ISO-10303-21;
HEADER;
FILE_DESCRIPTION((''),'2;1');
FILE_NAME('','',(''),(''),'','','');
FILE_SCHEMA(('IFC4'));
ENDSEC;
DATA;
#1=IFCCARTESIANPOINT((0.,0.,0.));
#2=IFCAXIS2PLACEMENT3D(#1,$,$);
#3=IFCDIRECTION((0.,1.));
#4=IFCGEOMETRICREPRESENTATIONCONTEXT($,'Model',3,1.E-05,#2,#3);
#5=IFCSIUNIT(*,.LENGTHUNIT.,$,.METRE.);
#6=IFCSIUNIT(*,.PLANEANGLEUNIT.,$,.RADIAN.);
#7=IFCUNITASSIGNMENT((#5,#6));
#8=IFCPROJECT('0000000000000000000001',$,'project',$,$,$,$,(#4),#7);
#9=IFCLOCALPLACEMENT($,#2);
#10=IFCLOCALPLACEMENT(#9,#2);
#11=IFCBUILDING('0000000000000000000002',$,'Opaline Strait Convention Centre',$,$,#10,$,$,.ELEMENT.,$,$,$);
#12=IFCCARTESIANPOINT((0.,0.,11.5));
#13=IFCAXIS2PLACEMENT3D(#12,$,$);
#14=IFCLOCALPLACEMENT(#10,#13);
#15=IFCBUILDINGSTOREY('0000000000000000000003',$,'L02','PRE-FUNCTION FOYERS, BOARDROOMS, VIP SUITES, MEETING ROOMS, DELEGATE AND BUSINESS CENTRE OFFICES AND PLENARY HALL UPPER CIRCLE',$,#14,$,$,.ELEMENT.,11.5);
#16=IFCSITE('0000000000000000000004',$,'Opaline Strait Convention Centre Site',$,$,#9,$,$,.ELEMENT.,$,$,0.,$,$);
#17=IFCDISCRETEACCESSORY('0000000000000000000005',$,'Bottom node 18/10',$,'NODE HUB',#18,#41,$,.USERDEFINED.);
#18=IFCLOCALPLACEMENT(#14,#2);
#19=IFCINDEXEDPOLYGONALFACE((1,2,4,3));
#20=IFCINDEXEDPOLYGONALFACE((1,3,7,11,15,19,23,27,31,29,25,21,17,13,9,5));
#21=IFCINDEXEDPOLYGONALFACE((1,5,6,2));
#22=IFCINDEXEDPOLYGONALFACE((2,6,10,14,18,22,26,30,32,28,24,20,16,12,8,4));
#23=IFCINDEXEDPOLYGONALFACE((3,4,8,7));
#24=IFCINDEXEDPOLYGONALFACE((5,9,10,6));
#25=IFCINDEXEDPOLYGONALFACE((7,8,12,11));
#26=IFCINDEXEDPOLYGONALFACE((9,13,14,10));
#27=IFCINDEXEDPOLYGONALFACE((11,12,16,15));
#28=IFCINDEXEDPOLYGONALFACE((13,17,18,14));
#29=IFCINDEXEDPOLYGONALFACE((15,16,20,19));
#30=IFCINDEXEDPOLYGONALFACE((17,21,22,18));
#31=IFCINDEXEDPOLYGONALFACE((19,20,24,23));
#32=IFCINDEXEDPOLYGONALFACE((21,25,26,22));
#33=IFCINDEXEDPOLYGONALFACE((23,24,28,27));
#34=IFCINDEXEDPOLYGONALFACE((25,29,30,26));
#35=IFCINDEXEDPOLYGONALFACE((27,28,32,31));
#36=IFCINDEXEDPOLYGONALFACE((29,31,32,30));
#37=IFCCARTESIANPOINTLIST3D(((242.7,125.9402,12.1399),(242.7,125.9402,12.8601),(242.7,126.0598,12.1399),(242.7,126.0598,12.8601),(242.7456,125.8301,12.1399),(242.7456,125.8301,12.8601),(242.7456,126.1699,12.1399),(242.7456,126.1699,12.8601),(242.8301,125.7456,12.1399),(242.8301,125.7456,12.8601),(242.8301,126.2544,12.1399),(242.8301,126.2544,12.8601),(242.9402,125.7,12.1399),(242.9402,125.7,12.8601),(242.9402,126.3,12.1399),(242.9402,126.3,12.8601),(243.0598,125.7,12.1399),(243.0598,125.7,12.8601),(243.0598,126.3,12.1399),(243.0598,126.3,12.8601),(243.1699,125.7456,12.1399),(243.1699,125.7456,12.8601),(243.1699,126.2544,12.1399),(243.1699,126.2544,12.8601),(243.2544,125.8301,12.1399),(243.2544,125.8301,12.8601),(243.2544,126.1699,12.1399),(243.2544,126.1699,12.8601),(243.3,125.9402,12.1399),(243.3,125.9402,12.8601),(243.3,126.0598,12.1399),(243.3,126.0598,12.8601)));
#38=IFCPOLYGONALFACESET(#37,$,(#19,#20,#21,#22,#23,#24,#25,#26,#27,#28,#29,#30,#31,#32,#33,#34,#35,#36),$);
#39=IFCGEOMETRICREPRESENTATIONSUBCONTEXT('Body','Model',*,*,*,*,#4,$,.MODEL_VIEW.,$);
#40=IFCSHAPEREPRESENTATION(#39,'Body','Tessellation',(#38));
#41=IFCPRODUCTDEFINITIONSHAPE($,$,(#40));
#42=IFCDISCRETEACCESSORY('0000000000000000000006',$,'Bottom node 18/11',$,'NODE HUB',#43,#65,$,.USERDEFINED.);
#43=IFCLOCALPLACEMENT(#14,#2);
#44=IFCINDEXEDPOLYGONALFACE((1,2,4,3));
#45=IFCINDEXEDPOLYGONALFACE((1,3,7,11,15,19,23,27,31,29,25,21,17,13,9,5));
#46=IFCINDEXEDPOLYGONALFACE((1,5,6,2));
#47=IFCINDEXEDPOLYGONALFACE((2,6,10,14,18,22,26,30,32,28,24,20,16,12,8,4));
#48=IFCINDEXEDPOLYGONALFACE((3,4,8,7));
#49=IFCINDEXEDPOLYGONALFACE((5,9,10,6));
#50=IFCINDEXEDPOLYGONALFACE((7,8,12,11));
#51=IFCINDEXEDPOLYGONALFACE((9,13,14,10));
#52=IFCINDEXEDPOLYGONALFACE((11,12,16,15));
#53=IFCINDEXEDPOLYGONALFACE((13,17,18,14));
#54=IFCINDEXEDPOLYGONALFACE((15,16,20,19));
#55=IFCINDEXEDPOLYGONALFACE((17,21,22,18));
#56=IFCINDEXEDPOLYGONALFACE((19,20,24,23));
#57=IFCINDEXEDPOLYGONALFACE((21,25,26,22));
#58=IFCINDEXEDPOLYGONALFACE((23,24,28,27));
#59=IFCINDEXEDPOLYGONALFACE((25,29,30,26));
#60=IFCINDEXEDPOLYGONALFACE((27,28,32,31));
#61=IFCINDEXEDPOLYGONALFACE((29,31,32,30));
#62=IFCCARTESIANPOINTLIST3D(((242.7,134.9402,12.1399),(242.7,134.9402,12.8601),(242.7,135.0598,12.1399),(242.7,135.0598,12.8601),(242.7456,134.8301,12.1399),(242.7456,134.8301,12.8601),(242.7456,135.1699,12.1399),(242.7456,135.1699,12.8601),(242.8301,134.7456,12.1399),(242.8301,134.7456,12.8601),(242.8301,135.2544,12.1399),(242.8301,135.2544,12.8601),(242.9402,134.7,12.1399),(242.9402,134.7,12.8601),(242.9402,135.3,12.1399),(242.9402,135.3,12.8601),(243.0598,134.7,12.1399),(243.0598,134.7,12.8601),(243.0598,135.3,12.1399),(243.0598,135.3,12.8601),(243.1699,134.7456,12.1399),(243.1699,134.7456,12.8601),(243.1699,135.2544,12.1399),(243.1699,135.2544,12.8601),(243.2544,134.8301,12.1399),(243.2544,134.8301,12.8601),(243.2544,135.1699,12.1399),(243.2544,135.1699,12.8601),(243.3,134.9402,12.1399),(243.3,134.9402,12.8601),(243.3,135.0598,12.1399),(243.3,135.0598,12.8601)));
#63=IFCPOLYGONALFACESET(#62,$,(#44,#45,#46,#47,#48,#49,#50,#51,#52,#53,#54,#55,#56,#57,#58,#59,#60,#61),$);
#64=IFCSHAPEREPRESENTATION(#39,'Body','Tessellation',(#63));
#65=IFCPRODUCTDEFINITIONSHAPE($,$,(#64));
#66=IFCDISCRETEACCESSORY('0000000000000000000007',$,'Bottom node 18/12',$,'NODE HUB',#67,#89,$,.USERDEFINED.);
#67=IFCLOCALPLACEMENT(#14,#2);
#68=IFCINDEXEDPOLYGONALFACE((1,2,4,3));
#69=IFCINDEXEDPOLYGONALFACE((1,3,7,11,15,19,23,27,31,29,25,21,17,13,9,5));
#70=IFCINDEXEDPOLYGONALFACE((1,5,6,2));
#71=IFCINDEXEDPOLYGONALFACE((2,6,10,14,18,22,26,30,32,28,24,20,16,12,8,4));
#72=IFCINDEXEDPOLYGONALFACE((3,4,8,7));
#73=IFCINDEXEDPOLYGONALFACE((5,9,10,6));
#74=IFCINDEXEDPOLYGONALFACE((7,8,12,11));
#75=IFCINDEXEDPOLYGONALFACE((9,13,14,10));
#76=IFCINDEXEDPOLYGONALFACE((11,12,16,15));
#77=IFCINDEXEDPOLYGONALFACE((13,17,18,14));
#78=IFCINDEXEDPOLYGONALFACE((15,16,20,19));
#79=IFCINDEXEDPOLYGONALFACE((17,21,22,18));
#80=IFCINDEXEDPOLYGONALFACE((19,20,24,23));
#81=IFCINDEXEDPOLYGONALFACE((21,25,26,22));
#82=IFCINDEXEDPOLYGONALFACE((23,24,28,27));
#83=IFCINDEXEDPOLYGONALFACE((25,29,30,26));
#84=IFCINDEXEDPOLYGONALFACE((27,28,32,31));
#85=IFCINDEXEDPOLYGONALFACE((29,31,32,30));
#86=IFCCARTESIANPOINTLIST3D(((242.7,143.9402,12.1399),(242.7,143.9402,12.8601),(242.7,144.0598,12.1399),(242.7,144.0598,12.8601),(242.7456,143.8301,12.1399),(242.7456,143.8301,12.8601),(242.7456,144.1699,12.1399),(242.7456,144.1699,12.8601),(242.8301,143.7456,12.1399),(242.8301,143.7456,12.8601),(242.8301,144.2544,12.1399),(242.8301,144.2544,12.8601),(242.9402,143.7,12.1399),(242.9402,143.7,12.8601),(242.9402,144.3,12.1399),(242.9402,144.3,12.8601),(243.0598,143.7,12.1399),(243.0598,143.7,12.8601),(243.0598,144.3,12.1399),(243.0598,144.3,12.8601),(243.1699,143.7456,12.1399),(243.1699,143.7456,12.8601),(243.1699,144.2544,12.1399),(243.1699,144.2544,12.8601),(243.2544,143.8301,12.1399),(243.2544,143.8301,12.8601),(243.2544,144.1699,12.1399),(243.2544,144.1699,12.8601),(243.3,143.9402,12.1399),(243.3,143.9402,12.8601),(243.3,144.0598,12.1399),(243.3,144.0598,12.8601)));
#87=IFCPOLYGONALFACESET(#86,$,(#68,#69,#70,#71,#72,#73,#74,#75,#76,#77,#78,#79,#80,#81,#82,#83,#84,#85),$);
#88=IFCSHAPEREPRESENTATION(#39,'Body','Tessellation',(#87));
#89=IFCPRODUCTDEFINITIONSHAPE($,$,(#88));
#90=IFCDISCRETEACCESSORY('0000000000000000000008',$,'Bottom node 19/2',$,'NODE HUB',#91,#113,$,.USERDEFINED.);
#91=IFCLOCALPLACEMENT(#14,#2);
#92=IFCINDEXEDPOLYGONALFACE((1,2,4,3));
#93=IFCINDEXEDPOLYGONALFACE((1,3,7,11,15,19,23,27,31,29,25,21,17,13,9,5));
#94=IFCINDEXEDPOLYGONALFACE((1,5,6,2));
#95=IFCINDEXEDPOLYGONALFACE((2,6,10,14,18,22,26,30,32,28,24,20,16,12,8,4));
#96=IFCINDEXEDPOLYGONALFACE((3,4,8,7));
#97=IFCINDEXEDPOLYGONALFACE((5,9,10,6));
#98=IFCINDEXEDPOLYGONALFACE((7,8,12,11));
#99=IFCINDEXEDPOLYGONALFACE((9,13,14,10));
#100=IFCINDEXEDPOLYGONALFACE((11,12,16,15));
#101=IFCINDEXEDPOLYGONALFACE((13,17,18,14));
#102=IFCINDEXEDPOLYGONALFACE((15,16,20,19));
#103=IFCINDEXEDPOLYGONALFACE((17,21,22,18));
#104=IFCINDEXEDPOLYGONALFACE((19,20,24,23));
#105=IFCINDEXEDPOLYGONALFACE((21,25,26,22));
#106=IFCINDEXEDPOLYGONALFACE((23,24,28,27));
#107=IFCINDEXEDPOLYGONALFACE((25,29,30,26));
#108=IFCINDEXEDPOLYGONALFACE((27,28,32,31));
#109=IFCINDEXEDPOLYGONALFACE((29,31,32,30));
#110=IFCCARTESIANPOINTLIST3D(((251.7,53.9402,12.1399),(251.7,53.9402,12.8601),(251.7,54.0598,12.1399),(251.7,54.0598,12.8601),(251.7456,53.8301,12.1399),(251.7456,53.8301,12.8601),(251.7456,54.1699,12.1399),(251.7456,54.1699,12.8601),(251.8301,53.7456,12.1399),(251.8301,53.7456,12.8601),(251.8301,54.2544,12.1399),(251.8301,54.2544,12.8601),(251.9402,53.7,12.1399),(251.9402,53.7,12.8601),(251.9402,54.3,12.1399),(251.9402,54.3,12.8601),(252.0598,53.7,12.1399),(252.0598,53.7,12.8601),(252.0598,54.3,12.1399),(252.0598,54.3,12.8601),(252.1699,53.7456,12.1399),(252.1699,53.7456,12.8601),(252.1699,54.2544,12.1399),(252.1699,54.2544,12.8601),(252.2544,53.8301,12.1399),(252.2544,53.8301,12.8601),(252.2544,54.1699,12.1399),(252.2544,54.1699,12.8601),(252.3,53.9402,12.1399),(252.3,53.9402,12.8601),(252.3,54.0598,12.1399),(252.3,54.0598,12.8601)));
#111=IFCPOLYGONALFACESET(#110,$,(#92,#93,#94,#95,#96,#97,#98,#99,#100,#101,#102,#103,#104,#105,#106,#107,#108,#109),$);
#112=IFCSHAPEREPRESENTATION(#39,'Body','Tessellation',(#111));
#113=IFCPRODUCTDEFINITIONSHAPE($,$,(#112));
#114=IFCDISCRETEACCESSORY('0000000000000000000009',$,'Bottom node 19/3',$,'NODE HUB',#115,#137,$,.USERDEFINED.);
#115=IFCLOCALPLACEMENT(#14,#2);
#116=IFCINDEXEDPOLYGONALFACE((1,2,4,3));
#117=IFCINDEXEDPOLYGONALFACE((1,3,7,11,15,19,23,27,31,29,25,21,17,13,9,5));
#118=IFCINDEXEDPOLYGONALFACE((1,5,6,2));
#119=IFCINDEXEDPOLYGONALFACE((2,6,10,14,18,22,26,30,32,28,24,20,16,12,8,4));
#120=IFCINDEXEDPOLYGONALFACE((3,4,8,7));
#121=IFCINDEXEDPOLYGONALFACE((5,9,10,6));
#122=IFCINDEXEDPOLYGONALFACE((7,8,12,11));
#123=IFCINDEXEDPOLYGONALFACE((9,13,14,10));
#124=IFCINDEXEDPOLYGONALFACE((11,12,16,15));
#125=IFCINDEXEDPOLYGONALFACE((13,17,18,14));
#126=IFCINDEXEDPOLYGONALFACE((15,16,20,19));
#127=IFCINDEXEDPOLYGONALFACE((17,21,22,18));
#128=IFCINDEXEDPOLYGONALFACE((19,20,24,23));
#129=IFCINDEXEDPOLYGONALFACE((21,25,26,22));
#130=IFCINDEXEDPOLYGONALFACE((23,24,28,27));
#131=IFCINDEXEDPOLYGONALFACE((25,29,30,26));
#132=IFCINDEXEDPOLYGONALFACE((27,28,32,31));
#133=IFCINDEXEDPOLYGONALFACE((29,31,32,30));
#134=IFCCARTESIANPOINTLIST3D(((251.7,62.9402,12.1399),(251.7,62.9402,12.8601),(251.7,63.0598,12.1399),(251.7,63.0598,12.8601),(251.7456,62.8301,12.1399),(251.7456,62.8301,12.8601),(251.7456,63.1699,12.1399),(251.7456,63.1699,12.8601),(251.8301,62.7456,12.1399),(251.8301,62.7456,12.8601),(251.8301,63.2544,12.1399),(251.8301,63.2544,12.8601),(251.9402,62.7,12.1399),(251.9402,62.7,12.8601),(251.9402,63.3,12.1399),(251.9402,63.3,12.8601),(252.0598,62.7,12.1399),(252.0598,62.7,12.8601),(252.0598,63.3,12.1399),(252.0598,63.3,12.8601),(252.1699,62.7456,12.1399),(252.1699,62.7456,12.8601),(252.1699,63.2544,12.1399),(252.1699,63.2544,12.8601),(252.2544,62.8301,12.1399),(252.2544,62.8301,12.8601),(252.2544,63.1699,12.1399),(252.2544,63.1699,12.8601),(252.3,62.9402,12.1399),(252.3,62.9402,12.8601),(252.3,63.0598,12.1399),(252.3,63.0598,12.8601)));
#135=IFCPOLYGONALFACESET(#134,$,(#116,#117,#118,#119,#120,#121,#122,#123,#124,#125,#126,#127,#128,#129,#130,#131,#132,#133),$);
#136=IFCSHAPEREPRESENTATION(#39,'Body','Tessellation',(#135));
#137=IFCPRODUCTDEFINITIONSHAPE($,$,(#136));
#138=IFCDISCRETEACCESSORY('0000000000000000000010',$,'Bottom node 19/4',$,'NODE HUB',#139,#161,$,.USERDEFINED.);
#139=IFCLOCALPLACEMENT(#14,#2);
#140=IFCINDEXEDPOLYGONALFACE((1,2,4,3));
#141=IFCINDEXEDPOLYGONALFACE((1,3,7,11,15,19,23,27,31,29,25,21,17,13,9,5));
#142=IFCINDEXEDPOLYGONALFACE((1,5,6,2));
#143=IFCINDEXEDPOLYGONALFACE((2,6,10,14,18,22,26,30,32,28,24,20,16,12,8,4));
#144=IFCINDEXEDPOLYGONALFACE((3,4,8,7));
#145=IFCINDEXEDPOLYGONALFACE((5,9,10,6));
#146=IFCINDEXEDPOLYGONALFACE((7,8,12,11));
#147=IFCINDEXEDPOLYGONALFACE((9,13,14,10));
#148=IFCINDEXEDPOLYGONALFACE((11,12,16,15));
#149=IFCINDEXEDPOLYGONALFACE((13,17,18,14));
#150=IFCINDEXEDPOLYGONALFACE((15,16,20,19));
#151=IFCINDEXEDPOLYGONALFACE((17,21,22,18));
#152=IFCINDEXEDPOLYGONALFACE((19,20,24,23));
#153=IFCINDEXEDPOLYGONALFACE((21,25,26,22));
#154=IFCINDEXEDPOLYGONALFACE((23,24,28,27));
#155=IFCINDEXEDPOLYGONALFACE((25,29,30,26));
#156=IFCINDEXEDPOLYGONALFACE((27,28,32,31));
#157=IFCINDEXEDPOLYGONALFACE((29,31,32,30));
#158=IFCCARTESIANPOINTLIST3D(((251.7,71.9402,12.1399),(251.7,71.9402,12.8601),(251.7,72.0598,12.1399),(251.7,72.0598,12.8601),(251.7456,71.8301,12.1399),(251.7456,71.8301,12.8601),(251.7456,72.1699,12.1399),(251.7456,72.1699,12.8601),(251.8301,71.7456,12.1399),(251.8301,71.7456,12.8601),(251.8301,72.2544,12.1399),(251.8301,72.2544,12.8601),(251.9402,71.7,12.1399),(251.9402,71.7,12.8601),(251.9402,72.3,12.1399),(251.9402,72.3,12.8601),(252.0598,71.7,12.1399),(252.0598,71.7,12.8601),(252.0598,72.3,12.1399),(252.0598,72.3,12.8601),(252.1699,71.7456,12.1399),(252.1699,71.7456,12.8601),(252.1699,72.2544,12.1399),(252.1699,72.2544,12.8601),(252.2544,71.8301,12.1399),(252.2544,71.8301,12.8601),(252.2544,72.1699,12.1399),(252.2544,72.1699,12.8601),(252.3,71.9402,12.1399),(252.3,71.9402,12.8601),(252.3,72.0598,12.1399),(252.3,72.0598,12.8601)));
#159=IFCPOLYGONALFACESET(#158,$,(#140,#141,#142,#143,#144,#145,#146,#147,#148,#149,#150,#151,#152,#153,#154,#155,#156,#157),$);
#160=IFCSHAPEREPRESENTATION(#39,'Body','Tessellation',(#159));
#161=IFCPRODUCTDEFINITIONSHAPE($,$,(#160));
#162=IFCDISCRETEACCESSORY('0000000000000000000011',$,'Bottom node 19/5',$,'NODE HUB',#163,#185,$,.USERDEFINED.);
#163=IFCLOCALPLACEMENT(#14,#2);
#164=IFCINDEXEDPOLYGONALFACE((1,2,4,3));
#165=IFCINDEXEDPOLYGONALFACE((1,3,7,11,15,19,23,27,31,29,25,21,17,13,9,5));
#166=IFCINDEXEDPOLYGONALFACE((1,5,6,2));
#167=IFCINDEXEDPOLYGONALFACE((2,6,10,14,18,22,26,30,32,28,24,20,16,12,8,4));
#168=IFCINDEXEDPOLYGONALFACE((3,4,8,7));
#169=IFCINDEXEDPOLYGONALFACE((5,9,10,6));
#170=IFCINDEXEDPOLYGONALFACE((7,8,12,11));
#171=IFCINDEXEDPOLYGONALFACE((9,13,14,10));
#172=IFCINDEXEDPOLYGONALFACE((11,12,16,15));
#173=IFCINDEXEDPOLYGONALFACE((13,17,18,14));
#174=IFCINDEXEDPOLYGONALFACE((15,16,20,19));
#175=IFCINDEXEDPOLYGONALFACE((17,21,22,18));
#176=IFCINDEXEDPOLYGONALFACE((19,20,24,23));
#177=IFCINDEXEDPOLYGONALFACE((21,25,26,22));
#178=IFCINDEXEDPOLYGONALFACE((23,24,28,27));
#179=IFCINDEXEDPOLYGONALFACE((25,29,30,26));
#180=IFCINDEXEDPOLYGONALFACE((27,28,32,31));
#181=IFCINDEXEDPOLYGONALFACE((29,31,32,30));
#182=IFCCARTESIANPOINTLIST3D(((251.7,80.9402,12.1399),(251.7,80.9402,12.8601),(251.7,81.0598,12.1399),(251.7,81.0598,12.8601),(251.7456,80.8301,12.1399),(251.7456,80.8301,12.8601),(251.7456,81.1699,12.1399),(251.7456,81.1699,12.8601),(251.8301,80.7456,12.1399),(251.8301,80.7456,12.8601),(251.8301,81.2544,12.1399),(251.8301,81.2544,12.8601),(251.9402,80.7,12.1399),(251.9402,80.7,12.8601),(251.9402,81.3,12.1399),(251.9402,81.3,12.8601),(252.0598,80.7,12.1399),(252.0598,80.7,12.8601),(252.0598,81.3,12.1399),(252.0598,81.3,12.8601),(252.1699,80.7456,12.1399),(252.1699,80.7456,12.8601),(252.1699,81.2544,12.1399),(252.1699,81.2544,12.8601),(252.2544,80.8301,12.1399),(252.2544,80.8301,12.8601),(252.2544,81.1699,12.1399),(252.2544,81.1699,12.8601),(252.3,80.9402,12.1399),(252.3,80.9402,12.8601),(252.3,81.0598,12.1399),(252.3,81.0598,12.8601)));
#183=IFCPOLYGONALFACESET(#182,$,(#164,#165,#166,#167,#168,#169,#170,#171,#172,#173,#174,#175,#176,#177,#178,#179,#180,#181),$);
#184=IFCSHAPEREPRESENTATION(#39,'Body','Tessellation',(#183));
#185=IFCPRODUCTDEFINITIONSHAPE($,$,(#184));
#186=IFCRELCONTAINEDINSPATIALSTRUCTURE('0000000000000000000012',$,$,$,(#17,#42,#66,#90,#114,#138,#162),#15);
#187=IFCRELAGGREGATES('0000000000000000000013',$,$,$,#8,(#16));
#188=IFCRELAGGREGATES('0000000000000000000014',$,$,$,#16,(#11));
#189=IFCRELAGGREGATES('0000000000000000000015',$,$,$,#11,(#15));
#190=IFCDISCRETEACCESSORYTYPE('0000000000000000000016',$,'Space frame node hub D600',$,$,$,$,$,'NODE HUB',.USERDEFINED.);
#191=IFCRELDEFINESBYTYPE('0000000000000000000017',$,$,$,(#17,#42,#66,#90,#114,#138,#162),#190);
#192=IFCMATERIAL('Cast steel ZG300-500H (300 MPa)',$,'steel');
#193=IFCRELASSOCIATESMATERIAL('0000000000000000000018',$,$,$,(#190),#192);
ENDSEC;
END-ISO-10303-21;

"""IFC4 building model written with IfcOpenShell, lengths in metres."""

from ifc_helpers import new_model, si_unit, direction, frame, origin, place, context, subcontext, project, spatial, polyline, outline, extrude, material, type_object, element, save


model = new_model("IFC4")

# Units and contexts
model_context = context("Model", 3, precision=1e-05, world=origin(), true_north=direction((0.0, 1.0)))
body_context = subcontext(model_context, "Body", "Model", "MODEL_VIEW")
ifc_project = project(units=[si_unit("LENGTHUNIT", "METRE"), si_unit("PLANEANGLEUNIT", "RADIAN")], contexts=[model_context])

# Site, building, storey
site_placement = place(None, origin())
site = spatial("IfcSite", under=ifc_project, at=site_placement, Name="Opaline Strait Convention Centre Site", CompositionType="ELEMENT", RefElevation=0.0)
building_placement = place(site_placement, origin())
building = spatial("IfcBuilding", under=site, at=building_placement, Name="Opaline Strait Convention Centre", CompositionType="ELEMENT")
storey_placement = place(building_placement, frame((0.0, 0.0, 11.5)))
storey = spatial("IfcBuildingStorey", under=building, at=storey_placement, Name="L02", Description="PRE-FUNCTION FOYERS, BOARDROOMS, VIP SUITES, MEETING ROOMS, DELEGATE AND BUSINESS CENTRE OFFICES AND PLENARY HALL UPPER CIRCLE", CompositionType="ELEMENT", Elevation=11.5)

# Discrete accessories
ifc_material = material(Name="Cast steel ZG300-500H (300 MPa)", Category="steel")
discrete_accessory_type_1 = type_object("IfcDiscreteAccessoryType", Name="Space frame node hub D600", ElementType="NODE HUB", PredefinedType="USERDEFINED", material=ifc_material)
discrete_accessory_1_placement = place(storey_placement, frame((0.0, 0.0, 12.1399)))
element("IfcDiscreteAccessory", 1, at=discrete_accessory_1_placement, inside=storey, type_object=discrete_accessory_type_1, Name="Bottom node 18/10", ObjectType="NODE HUB", PredefinedType="USERDEFINED", context=body_context, shape_type="SweptSolid", body=[
    extrude(outline(polyline([(243.3, 126.0598), (243.2544, 126.1699), (243.1699, 126.2544), (243.0598, 126.3), (242.9402, 126.3), (242.8301, 126.2544), (242.7456, 126.1699), (242.7, 126.0598), (242.7, 125.9402), (242.7456, 125.8301), (242.8301, 125.7456), (242.9402, 125.7), (243.0598, 125.7), (243.1699, 125.7456), (243.2544, 125.8301), (243.3, 125.9402), (243.3, 126.0598)])), origin(), (0.0, 0.0, 1.0), 0.7202),
])
discrete_accessory_2_placement = place(storey_placement, frame((0.0, 0.0, 12.1399)))
element("IfcDiscreteAccessory", 2, at=discrete_accessory_2_placement, inside=storey, type_object=discrete_accessory_type_1, Name="Bottom node 18/11", ObjectType="NODE HUB", PredefinedType="USERDEFINED", context=body_context, shape_type="SweptSolid", body=[
    extrude(outline(polyline([(243.3, 135.0598), (243.2544, 135.1699), (243.1699, 135.2544), (243.0598, 135.3), (242.9402, 135.3), (242.8301, 135.2544), (242.7456, 135.1699), (242.7, 135.0598), (242.7, 134.9402), (242.7456, 134.8301), (242.8301, 134.7456), (242.9402, 134.7), (243.0598, 134.7), (243.1699, 134.7456), (243.2544, 134.8301), (243.3, 134.9402), (243.3, 135.0598)])), origin(), (0.0, 0.0, 1.0), 0.7202),
])
discrete_accessory_3_placement = place(storey_placement, frame((0.0, 0.0, 12.1399)))
element("IfcDiscreteAccessory", 3, at=discrete_accessory_3_placement, inside=storey, type_object=discrete_accessory_type_1, Name="Bottom node 18/12", ObjectType="NODE HUB", PredefinedType="USERDEFINED", context=body_context, shape_type="SweptSolid", body=[
    extrude(outline(polyline([(243.3, 144.0598), (243.2544, 144.1699), (243.1699, 144.2544), (243.0598, 144.3), (242.9402, 144.3), (242.8301, 144.2544), (242.7456, 144.1699), (242.7, 144.0598), (242.7, 143.9402), (242.7456, 143.8301), (242.8301, 143.7456), (242.9402, 143.7), (243.0598, 143.7), (243.1699, 143.7456), (243.2544, 143.8301), (243.3, 143.9402), (243.3, 144.0598)])), origin(), (0.0, 0.0, 1.0), 0.7202),
])
discrete_accessory_4_placement = place(storey_placement, frame((0.0, 0.0, 12.1399)))
element("IfcDiscreteAccessory", 4, at=discrete_accessory_4_placement, inside=storey, type_object=discrete_accessory_type_1, Name="Bottom node 19/2", ObjectType="NODE HUB", PredefinedType="USERDEFINED", context=body_context, shape_type="SweptSolid", body=[
    extrude(outline(polyline([(252.3, 54.0598), (252.2544, 54.1699), (252.1699, 54.2544), (252.0598, 54.3), (251.9402, 54.3), (251.8301, 54.2544), (251.7456, 54.1699), (251.7, 54.0598), (251.7, 53.9402), (251.7456, 53.8301), (251.8301, 53.7456), (251.9402, 53.7), (252.0598, 53.7), (252.1699, 53.7456), (252.2544, 53.8301), (252.3, 53.9402), (252.3, 54.0598)])), origin(), (0.0, 0.0, 1.0), 0.7202),
])
discrete_accessory_5_placement = place(storey_placement, frame((0.0, 0.0, 12.1399)))
element("IfcDiscreteAccessory", 5, at=discrete_accessory_5_placement, inside=storey, type_object=discrete_accessory_type_1, Name="Bottom node 19/3", ObjectType="NODE HUB", PredefinedType="USERDEFINED", context=body_context, shape_type="SweptSolid", body=[
    extrude(outline(polyline([(252.3, 63.0598), (252.2544, 63.1699), (252.1699, 63.2544), (252.0598, 63.3), (251.9402, 63.3), (251.8301, 63.2544), (251.7456, 63.1699), (251.7, 63.0598), (251.7, 62.9402), (251.7456, 62.8301), (251.8301, 62.7456), (251.9402, 62.7), (252.0598, 62.7), (252.1699, 62.7456), (252.2544, 62.8301), (252.3, 62.9402), (252.3, 63.0598)])), origin(), (0.0, 0.0, 1.0), 0.7202),
])
discrete_accessory_6_placement = place(storey_placement, frame((0.0, 0.0, 12.1399)))
element("IfcDiscreteAccessory", 6, at=discrete_accessory_6_placement, inside=storey, type_object=discrete_accessory_type_1, Name="Bottom node 19/4", ObjectType="NODE HUB", PredefinedType="USERDEFINED", context=body_context, shape_type="SweptSolid", body=[
    extrude(outline(polyline([(252.3, 72.0598), (252.2544, 72.1699), (252.1699, 72.2544), (252.0598, 72.3), (251.9402, 72.3), (251.8301, 72.2544), (251.7456, 72.1699), (251.7, 72.0598), (251.7, 71.9402), (251.7456, 71.8301), (251.8301, 71.7456), (251.9402, 71.7), (252.0598, 71.7), (252.1699, 71.7456), (252.2544, 71.8301), (252.3, 71.9402), (252.3, 72.0598)])), origin(), (0.0, 0.0, 1.0), 0.7202),
])
discrete_accessory_7_placement = place(storey_placement, frame((0.0, 0.0, 12.1399)))
element("IfcDiscreteAccessory", 7, at=discrete_accessory_7_placement, inside=storey, type_object=discrete_accessory_type_1, Name="Bottom node 19/5", ObjectType="NODE HUB", PredefinedType="USERDEFINED", context=body_context, shape_type="SweptSolid", body=[
    extrude(outline(polyline([(252.3, 81.0598), (252.2544, 81.1699), (252.1699, 81.2544), (252.0598, 81.3), (251.9402, 81.3), (251.8301, 81.2544), (251.7456, 81.1699), (251.7, 81.0598), (251.7, 80.9402), (251.7456, 80.8301), (251.8301, 80.7456), (251.9402, 80.7), (252.0598, 80.7), (252.1699, 80.7456), (252.2544, 80.8301), (252.3, 80.9402), (252.3, 81.0598)])), origin(), (0.0, 0.0, 1.0), 0.7202),
])

save(model, "model.ifc")
